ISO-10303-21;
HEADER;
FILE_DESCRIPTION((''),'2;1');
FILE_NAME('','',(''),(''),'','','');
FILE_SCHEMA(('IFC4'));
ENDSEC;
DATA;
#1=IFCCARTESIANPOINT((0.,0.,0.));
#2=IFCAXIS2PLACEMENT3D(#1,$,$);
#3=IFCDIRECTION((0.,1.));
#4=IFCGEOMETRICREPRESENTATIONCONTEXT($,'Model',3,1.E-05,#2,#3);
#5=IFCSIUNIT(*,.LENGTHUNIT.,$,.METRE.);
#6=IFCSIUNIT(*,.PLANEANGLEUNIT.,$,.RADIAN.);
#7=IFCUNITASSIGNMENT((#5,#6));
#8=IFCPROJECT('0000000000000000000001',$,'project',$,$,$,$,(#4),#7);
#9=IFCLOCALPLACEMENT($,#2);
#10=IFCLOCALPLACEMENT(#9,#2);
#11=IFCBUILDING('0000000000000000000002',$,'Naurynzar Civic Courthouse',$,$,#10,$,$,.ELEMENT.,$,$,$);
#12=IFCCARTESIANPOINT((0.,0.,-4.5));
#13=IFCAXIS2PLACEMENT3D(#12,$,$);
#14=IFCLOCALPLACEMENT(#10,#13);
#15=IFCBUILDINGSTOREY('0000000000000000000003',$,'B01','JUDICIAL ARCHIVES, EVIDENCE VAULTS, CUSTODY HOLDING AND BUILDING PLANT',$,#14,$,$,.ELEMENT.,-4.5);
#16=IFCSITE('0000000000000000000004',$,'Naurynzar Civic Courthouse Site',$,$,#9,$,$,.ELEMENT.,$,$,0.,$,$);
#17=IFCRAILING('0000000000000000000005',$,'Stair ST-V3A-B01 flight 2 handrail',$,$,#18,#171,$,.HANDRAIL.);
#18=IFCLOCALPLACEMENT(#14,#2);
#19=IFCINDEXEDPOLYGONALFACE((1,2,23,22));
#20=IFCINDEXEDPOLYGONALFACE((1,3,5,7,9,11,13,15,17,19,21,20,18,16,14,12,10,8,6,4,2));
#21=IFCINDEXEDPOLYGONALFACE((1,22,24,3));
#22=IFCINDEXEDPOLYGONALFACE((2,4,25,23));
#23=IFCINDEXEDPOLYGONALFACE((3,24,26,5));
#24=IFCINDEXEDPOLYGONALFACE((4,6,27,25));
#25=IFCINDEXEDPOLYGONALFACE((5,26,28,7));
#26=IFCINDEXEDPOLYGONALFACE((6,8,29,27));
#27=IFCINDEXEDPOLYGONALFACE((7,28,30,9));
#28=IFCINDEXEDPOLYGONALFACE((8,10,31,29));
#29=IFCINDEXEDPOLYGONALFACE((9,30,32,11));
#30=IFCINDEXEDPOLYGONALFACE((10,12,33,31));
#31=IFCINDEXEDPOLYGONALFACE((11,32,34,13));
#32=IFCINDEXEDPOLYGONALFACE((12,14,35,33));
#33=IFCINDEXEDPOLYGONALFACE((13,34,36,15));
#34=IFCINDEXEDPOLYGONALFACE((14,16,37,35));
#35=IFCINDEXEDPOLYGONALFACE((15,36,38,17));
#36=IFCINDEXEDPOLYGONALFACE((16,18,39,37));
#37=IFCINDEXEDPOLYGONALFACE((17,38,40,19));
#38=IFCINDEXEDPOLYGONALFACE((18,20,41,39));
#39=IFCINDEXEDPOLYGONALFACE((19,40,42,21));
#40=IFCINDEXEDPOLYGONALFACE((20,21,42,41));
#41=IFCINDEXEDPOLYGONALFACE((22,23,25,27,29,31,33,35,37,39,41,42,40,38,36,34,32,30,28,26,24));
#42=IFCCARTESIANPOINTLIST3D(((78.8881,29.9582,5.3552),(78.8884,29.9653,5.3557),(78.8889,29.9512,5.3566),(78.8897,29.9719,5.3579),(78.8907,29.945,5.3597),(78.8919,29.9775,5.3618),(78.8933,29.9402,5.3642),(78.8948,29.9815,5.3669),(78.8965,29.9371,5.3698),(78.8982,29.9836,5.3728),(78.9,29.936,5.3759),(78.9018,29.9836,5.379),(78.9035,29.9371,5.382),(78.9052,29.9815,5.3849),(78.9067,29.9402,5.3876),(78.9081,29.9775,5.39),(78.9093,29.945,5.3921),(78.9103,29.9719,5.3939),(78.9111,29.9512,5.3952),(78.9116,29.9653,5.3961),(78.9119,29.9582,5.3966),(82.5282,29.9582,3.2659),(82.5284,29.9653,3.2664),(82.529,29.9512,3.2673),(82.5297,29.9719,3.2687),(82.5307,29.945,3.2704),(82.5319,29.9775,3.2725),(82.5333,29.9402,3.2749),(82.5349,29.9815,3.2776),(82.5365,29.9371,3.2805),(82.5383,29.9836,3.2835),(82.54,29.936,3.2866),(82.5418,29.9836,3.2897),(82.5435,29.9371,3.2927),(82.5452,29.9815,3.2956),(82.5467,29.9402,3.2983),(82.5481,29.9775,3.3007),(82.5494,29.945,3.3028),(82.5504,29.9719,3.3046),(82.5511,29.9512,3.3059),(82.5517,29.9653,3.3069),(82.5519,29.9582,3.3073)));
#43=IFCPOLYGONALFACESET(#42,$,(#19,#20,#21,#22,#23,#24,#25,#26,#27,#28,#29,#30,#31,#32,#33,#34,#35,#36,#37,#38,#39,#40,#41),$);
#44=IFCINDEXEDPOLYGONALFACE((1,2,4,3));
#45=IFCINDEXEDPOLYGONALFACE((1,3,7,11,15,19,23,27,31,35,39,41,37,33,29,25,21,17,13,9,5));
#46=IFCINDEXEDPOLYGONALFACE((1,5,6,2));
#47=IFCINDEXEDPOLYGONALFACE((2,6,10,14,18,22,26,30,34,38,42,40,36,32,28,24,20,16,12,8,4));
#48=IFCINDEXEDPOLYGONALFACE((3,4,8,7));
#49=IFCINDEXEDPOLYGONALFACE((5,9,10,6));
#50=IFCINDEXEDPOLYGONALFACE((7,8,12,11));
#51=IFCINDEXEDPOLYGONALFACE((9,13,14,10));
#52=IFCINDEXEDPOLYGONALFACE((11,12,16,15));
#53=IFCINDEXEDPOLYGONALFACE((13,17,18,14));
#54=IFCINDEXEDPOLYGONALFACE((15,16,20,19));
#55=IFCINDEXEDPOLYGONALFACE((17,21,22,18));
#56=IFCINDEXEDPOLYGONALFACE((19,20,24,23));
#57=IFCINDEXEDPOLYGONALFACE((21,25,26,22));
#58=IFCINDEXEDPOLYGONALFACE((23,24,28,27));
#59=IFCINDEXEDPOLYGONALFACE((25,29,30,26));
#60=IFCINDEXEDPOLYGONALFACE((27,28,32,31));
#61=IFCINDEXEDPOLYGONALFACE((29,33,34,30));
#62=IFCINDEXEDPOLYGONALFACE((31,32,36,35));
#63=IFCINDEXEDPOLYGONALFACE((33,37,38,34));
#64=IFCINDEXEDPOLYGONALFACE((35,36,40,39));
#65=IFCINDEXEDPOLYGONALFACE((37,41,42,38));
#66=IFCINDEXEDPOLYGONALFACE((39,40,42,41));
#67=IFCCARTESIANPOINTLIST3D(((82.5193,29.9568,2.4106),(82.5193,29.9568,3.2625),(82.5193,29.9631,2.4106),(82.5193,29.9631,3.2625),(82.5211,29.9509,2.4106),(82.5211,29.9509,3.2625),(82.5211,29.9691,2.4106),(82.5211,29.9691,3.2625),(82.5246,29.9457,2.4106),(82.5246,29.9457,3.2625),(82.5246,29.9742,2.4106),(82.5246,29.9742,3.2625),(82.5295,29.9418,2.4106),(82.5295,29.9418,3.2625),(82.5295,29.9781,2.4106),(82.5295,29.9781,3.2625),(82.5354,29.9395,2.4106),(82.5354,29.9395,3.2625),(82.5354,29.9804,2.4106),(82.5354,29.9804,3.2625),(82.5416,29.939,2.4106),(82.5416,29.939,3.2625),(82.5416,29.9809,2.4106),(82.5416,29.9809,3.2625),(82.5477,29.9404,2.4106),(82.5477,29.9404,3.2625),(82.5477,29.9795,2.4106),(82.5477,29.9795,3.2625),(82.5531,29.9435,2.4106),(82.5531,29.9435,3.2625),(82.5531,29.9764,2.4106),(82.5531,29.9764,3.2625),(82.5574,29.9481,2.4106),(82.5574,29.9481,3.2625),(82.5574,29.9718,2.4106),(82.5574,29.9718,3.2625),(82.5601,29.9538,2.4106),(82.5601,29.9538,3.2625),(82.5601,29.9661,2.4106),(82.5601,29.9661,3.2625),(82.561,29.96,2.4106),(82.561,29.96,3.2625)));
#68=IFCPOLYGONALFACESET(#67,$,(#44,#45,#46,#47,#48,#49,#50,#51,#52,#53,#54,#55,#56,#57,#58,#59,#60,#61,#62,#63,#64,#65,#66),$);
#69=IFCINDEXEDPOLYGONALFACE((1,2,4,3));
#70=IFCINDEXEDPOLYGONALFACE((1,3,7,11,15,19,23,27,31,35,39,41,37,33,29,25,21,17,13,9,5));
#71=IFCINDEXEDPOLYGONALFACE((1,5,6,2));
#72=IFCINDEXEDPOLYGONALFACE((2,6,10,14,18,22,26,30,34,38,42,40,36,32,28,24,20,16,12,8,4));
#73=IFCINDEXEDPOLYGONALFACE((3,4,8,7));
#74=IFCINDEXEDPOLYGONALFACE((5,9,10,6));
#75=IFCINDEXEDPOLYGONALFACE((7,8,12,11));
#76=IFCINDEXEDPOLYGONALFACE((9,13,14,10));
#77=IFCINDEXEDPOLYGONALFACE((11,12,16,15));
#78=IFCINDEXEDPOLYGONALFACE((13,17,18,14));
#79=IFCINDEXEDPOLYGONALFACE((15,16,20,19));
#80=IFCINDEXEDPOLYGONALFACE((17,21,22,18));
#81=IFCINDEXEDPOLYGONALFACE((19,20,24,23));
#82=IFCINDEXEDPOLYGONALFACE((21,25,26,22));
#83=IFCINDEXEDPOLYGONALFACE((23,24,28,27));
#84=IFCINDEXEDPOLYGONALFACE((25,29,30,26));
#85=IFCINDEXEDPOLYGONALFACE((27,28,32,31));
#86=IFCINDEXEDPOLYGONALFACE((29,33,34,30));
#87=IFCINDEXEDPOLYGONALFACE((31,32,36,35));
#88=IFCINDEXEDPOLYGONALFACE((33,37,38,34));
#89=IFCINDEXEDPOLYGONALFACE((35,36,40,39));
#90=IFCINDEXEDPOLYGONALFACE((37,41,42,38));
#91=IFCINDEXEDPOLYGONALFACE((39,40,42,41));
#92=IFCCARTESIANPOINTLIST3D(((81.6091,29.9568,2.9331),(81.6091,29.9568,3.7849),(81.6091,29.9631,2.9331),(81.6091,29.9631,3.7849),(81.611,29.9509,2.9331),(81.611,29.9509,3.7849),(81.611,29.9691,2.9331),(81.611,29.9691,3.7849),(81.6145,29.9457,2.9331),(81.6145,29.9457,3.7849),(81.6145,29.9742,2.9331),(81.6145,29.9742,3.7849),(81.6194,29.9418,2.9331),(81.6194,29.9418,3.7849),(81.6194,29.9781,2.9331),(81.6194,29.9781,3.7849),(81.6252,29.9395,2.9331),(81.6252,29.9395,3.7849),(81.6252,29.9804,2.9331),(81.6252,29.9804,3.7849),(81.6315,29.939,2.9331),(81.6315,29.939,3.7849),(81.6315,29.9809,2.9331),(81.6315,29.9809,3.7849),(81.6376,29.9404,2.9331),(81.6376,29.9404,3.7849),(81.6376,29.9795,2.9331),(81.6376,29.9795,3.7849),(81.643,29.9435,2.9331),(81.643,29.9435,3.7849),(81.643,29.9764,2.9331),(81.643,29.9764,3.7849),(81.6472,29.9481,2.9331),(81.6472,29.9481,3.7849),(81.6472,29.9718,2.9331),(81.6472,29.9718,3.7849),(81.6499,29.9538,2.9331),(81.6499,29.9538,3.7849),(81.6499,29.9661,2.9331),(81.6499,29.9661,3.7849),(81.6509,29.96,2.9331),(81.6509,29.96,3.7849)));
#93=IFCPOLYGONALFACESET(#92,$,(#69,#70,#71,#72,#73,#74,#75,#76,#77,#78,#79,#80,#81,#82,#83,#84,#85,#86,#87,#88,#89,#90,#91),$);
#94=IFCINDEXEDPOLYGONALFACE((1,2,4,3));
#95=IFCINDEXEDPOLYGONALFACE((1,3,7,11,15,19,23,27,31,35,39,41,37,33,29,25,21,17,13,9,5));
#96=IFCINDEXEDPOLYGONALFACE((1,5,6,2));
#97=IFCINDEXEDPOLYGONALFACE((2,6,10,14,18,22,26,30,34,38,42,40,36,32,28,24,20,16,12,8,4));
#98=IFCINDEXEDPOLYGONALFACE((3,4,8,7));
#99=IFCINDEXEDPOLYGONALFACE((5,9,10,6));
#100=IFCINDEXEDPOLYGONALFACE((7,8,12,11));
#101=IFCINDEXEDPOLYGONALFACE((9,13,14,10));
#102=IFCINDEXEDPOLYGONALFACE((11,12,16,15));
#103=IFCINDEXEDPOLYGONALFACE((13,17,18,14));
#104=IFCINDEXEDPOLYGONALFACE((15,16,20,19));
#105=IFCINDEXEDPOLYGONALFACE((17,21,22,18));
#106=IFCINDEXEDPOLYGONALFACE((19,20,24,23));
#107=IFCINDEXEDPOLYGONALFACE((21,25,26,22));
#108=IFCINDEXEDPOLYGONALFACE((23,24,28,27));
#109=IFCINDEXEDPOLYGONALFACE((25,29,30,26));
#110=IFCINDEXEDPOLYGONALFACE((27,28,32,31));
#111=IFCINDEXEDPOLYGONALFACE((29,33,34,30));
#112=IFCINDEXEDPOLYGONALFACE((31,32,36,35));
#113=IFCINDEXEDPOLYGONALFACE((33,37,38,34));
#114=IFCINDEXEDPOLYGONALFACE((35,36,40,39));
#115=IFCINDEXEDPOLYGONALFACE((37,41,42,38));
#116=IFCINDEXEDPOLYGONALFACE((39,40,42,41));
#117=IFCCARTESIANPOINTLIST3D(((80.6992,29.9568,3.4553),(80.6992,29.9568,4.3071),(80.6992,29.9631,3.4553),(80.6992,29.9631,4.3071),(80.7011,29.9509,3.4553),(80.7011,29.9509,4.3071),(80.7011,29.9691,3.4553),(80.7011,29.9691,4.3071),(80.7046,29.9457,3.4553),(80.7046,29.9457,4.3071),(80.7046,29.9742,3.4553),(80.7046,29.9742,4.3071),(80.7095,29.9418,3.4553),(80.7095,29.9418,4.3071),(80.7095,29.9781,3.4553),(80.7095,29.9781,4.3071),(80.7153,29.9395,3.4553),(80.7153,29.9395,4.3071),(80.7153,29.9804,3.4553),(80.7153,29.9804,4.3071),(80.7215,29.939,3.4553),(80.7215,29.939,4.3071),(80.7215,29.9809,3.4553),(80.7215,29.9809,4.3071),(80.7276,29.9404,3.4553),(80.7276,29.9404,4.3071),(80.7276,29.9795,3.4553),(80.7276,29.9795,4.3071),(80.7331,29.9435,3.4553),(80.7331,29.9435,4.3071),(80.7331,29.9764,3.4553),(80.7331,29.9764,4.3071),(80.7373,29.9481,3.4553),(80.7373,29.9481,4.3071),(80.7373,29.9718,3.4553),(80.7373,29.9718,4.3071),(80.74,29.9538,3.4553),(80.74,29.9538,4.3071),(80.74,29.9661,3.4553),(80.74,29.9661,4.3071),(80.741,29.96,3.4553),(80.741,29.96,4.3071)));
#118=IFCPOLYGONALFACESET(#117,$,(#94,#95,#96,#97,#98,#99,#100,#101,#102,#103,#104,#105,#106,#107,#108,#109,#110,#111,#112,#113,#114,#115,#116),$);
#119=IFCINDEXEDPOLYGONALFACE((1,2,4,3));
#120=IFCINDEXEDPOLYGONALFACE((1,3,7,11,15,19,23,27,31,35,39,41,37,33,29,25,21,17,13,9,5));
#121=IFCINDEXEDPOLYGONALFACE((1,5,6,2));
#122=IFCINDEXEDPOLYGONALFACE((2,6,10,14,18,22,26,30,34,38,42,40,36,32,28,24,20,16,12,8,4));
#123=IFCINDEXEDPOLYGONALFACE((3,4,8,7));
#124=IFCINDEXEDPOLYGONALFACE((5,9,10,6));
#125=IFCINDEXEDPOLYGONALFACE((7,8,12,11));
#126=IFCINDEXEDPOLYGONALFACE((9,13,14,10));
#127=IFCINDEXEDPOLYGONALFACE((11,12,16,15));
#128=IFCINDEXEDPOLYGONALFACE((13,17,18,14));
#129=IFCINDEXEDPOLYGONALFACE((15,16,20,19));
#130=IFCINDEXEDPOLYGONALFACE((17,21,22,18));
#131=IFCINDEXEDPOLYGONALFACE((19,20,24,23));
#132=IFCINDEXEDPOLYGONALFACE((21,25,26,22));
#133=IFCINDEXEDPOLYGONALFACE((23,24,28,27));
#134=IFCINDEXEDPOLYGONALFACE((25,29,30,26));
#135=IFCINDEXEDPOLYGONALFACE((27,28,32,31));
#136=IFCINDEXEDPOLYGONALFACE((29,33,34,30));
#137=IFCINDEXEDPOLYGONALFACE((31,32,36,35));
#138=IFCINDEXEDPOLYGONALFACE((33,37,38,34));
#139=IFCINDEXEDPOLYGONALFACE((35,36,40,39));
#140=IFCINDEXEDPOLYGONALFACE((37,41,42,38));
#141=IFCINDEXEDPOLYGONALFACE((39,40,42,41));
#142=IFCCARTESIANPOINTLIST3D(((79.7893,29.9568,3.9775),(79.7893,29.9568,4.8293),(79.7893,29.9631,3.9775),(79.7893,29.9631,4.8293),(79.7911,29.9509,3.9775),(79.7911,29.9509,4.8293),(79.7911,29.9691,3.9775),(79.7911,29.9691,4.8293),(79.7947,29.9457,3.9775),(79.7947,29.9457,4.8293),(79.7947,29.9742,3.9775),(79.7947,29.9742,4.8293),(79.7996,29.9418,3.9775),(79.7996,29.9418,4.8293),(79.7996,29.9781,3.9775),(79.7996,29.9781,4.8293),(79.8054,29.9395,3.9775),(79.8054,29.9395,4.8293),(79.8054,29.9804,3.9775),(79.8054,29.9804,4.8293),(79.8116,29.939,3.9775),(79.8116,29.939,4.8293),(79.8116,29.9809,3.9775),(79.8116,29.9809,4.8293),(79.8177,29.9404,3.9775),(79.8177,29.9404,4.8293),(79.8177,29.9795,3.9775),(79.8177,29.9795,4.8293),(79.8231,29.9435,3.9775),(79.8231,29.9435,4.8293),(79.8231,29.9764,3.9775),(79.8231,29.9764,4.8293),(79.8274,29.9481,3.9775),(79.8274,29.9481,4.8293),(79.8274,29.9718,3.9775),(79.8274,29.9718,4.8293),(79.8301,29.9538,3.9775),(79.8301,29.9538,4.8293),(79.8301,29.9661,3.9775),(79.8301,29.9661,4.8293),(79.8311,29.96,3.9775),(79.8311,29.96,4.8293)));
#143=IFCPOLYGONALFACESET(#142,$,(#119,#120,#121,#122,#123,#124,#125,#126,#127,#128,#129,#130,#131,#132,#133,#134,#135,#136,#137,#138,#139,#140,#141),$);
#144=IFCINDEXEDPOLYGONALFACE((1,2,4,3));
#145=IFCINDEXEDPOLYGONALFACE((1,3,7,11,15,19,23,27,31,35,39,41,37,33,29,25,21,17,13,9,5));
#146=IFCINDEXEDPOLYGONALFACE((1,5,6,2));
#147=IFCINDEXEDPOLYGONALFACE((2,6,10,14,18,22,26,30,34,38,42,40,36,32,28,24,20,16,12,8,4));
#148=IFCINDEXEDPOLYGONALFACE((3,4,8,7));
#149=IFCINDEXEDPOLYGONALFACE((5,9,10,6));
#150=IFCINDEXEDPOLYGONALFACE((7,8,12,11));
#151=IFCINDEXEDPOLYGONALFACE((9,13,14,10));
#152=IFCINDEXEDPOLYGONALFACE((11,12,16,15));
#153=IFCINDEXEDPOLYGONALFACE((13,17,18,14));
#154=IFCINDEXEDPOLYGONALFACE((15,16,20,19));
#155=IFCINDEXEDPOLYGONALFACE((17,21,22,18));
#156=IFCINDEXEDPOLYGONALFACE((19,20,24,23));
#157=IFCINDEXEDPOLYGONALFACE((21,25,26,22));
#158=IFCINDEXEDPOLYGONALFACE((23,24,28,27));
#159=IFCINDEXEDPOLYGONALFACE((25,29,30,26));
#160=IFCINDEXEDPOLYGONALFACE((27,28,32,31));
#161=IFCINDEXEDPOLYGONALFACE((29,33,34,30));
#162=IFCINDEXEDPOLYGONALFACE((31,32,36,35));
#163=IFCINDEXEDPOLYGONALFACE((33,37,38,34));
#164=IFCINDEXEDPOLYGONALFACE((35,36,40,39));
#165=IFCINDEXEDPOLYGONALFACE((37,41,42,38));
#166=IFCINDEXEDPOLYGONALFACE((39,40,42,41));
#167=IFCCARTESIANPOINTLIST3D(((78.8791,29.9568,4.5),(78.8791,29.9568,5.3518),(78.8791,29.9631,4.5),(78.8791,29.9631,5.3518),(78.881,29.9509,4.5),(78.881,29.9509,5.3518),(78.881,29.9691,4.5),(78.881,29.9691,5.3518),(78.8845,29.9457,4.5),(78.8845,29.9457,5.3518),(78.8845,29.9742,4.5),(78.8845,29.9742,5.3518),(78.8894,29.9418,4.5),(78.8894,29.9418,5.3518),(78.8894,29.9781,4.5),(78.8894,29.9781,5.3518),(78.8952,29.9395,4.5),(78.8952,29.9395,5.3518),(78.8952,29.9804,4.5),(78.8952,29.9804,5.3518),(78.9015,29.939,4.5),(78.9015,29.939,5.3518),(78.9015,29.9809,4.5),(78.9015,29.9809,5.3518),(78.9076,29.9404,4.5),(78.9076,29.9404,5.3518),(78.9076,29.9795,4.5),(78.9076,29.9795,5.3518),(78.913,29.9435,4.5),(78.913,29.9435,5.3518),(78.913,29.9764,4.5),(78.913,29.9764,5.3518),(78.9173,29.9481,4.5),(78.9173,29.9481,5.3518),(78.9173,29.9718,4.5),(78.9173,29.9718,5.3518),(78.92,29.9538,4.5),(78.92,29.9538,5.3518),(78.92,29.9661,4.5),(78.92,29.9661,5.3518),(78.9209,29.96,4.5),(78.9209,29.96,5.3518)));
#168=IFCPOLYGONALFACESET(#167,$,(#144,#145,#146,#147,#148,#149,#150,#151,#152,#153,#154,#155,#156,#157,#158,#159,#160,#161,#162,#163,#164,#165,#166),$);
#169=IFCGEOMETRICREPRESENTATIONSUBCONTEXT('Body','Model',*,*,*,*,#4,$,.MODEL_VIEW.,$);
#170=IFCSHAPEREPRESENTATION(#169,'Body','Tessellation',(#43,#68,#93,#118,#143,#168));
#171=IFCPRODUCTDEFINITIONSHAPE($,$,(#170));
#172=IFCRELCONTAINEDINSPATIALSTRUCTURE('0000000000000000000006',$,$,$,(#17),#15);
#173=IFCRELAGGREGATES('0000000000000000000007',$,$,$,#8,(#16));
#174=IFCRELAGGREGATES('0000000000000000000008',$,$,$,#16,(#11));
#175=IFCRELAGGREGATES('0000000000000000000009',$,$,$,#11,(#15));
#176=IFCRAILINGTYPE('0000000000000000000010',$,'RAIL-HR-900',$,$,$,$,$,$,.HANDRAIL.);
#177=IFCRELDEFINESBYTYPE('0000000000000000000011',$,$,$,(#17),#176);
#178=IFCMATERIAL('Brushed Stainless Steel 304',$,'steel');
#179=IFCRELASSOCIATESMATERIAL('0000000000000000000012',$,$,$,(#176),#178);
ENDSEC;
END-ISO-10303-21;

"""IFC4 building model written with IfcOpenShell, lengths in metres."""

from ifc_helpers import new_model, si_unit, direction, frame, origin, origin_2d, place, context, subcontext, project, spatial, circle, extrude, material, type_object, element, save


model = new_model("IFC4")

# Units and contexts
model_context = context("Model", 3, precision=1e-05, world=origin(), true_north=direction((0.0, 1.0)))
body_context = subcontext(model_context, "Body", "Model", "MODEL_VIEW")
ifc_project = project(units=[si_unit("LENGTHUNIT", "METRE"), si_unit("PLANEANGLEUNIT", "RADIAN")], contexts=[model_context])

# Site, building, storey
site_placement = place(None, origin())
site = spatial("IfcSite", under=ifc_project, at=site_placement, Name="Naurynzar Civic Courthouse Site", CompositionType="ELEMENT", RefElevation=0.0)
building_placement = place(site_placement, origin())
building = spatial("IfcBuilding", under=site, at=building_placement, Name="Naurynzar Civic Courthouse", CompositionType="ELEMENT")
storey_placement = place(building_placement, frame((0.0, 0.0, -4.5)))
storey = spatial("IfcBuildingStorey", under=building, at=storey_placement, Name="B01", Description="JUDICIAL ARCHIVES, EVIDENCE VAULTS, CUSTODY HOLDING AND BUILDING PLANT", CompositionType="ELEMENT", Elevation=-4.5)

# Railing
ifc_material_1 = material(Name="Brushed Stainless Steel 304", Category="steel")
railing_type_1 = type_object("IfcRailingType", Name="RAIL-HR-900", PredefinedType="HANDRAIL", material=ifc_material_1)
railing_1_placement = place(storey_placement, frame((82.54, 29.96, 2.4106)))
element("IfcRailing", 1, at=railing_1_placement, inside=storey, type_object=railing_type_1, Name="Stair ST-V3A-B01 flight 2 handrail", PredefinedType="HANDRAIL", context=body_context, shape_type="SweptSolid", body=[
    extrude(circle(Radius=0.0239, at=origin_2d()), frame((0.0, 0.0, 0.876), z_axis=(-0.867289, 0.0, 0.497804), x_axis=(0.0, -1.0, 0.0)), (0.0, 0.0, 1.0), 4.197),
    extrude(circle(Radius=0.021, at=origin_2d()), origin(), (0.0, 0.0, 1.0), 0.8518),
    extrude(circle(Radius=0.021, at=origin_2d()), frame((-0.9102, 0.0, 0.5225)), (0.0, 0.0, 1.0), 0.8518),
    extrude(circle(Radius=0.021, at=origin_2d()), frame((-1.8201, 0.0, 1.0447)), (0.0, 0.0, 1.0), 0.8518),
    extrude(circle(Radius=0.021, at=origin_2d()), frame((-2.73, 0.0, 1.5669)), (0.0, 0.0, 1.0), 0.8518),
    extrude(circle(Radius=0.021, at=origin_2d()), frame((-3.6401, 0.0, 2.0894)), (0.0, 0.0, 1.0), 0.8518),
])

save(model, "model.ifc")
